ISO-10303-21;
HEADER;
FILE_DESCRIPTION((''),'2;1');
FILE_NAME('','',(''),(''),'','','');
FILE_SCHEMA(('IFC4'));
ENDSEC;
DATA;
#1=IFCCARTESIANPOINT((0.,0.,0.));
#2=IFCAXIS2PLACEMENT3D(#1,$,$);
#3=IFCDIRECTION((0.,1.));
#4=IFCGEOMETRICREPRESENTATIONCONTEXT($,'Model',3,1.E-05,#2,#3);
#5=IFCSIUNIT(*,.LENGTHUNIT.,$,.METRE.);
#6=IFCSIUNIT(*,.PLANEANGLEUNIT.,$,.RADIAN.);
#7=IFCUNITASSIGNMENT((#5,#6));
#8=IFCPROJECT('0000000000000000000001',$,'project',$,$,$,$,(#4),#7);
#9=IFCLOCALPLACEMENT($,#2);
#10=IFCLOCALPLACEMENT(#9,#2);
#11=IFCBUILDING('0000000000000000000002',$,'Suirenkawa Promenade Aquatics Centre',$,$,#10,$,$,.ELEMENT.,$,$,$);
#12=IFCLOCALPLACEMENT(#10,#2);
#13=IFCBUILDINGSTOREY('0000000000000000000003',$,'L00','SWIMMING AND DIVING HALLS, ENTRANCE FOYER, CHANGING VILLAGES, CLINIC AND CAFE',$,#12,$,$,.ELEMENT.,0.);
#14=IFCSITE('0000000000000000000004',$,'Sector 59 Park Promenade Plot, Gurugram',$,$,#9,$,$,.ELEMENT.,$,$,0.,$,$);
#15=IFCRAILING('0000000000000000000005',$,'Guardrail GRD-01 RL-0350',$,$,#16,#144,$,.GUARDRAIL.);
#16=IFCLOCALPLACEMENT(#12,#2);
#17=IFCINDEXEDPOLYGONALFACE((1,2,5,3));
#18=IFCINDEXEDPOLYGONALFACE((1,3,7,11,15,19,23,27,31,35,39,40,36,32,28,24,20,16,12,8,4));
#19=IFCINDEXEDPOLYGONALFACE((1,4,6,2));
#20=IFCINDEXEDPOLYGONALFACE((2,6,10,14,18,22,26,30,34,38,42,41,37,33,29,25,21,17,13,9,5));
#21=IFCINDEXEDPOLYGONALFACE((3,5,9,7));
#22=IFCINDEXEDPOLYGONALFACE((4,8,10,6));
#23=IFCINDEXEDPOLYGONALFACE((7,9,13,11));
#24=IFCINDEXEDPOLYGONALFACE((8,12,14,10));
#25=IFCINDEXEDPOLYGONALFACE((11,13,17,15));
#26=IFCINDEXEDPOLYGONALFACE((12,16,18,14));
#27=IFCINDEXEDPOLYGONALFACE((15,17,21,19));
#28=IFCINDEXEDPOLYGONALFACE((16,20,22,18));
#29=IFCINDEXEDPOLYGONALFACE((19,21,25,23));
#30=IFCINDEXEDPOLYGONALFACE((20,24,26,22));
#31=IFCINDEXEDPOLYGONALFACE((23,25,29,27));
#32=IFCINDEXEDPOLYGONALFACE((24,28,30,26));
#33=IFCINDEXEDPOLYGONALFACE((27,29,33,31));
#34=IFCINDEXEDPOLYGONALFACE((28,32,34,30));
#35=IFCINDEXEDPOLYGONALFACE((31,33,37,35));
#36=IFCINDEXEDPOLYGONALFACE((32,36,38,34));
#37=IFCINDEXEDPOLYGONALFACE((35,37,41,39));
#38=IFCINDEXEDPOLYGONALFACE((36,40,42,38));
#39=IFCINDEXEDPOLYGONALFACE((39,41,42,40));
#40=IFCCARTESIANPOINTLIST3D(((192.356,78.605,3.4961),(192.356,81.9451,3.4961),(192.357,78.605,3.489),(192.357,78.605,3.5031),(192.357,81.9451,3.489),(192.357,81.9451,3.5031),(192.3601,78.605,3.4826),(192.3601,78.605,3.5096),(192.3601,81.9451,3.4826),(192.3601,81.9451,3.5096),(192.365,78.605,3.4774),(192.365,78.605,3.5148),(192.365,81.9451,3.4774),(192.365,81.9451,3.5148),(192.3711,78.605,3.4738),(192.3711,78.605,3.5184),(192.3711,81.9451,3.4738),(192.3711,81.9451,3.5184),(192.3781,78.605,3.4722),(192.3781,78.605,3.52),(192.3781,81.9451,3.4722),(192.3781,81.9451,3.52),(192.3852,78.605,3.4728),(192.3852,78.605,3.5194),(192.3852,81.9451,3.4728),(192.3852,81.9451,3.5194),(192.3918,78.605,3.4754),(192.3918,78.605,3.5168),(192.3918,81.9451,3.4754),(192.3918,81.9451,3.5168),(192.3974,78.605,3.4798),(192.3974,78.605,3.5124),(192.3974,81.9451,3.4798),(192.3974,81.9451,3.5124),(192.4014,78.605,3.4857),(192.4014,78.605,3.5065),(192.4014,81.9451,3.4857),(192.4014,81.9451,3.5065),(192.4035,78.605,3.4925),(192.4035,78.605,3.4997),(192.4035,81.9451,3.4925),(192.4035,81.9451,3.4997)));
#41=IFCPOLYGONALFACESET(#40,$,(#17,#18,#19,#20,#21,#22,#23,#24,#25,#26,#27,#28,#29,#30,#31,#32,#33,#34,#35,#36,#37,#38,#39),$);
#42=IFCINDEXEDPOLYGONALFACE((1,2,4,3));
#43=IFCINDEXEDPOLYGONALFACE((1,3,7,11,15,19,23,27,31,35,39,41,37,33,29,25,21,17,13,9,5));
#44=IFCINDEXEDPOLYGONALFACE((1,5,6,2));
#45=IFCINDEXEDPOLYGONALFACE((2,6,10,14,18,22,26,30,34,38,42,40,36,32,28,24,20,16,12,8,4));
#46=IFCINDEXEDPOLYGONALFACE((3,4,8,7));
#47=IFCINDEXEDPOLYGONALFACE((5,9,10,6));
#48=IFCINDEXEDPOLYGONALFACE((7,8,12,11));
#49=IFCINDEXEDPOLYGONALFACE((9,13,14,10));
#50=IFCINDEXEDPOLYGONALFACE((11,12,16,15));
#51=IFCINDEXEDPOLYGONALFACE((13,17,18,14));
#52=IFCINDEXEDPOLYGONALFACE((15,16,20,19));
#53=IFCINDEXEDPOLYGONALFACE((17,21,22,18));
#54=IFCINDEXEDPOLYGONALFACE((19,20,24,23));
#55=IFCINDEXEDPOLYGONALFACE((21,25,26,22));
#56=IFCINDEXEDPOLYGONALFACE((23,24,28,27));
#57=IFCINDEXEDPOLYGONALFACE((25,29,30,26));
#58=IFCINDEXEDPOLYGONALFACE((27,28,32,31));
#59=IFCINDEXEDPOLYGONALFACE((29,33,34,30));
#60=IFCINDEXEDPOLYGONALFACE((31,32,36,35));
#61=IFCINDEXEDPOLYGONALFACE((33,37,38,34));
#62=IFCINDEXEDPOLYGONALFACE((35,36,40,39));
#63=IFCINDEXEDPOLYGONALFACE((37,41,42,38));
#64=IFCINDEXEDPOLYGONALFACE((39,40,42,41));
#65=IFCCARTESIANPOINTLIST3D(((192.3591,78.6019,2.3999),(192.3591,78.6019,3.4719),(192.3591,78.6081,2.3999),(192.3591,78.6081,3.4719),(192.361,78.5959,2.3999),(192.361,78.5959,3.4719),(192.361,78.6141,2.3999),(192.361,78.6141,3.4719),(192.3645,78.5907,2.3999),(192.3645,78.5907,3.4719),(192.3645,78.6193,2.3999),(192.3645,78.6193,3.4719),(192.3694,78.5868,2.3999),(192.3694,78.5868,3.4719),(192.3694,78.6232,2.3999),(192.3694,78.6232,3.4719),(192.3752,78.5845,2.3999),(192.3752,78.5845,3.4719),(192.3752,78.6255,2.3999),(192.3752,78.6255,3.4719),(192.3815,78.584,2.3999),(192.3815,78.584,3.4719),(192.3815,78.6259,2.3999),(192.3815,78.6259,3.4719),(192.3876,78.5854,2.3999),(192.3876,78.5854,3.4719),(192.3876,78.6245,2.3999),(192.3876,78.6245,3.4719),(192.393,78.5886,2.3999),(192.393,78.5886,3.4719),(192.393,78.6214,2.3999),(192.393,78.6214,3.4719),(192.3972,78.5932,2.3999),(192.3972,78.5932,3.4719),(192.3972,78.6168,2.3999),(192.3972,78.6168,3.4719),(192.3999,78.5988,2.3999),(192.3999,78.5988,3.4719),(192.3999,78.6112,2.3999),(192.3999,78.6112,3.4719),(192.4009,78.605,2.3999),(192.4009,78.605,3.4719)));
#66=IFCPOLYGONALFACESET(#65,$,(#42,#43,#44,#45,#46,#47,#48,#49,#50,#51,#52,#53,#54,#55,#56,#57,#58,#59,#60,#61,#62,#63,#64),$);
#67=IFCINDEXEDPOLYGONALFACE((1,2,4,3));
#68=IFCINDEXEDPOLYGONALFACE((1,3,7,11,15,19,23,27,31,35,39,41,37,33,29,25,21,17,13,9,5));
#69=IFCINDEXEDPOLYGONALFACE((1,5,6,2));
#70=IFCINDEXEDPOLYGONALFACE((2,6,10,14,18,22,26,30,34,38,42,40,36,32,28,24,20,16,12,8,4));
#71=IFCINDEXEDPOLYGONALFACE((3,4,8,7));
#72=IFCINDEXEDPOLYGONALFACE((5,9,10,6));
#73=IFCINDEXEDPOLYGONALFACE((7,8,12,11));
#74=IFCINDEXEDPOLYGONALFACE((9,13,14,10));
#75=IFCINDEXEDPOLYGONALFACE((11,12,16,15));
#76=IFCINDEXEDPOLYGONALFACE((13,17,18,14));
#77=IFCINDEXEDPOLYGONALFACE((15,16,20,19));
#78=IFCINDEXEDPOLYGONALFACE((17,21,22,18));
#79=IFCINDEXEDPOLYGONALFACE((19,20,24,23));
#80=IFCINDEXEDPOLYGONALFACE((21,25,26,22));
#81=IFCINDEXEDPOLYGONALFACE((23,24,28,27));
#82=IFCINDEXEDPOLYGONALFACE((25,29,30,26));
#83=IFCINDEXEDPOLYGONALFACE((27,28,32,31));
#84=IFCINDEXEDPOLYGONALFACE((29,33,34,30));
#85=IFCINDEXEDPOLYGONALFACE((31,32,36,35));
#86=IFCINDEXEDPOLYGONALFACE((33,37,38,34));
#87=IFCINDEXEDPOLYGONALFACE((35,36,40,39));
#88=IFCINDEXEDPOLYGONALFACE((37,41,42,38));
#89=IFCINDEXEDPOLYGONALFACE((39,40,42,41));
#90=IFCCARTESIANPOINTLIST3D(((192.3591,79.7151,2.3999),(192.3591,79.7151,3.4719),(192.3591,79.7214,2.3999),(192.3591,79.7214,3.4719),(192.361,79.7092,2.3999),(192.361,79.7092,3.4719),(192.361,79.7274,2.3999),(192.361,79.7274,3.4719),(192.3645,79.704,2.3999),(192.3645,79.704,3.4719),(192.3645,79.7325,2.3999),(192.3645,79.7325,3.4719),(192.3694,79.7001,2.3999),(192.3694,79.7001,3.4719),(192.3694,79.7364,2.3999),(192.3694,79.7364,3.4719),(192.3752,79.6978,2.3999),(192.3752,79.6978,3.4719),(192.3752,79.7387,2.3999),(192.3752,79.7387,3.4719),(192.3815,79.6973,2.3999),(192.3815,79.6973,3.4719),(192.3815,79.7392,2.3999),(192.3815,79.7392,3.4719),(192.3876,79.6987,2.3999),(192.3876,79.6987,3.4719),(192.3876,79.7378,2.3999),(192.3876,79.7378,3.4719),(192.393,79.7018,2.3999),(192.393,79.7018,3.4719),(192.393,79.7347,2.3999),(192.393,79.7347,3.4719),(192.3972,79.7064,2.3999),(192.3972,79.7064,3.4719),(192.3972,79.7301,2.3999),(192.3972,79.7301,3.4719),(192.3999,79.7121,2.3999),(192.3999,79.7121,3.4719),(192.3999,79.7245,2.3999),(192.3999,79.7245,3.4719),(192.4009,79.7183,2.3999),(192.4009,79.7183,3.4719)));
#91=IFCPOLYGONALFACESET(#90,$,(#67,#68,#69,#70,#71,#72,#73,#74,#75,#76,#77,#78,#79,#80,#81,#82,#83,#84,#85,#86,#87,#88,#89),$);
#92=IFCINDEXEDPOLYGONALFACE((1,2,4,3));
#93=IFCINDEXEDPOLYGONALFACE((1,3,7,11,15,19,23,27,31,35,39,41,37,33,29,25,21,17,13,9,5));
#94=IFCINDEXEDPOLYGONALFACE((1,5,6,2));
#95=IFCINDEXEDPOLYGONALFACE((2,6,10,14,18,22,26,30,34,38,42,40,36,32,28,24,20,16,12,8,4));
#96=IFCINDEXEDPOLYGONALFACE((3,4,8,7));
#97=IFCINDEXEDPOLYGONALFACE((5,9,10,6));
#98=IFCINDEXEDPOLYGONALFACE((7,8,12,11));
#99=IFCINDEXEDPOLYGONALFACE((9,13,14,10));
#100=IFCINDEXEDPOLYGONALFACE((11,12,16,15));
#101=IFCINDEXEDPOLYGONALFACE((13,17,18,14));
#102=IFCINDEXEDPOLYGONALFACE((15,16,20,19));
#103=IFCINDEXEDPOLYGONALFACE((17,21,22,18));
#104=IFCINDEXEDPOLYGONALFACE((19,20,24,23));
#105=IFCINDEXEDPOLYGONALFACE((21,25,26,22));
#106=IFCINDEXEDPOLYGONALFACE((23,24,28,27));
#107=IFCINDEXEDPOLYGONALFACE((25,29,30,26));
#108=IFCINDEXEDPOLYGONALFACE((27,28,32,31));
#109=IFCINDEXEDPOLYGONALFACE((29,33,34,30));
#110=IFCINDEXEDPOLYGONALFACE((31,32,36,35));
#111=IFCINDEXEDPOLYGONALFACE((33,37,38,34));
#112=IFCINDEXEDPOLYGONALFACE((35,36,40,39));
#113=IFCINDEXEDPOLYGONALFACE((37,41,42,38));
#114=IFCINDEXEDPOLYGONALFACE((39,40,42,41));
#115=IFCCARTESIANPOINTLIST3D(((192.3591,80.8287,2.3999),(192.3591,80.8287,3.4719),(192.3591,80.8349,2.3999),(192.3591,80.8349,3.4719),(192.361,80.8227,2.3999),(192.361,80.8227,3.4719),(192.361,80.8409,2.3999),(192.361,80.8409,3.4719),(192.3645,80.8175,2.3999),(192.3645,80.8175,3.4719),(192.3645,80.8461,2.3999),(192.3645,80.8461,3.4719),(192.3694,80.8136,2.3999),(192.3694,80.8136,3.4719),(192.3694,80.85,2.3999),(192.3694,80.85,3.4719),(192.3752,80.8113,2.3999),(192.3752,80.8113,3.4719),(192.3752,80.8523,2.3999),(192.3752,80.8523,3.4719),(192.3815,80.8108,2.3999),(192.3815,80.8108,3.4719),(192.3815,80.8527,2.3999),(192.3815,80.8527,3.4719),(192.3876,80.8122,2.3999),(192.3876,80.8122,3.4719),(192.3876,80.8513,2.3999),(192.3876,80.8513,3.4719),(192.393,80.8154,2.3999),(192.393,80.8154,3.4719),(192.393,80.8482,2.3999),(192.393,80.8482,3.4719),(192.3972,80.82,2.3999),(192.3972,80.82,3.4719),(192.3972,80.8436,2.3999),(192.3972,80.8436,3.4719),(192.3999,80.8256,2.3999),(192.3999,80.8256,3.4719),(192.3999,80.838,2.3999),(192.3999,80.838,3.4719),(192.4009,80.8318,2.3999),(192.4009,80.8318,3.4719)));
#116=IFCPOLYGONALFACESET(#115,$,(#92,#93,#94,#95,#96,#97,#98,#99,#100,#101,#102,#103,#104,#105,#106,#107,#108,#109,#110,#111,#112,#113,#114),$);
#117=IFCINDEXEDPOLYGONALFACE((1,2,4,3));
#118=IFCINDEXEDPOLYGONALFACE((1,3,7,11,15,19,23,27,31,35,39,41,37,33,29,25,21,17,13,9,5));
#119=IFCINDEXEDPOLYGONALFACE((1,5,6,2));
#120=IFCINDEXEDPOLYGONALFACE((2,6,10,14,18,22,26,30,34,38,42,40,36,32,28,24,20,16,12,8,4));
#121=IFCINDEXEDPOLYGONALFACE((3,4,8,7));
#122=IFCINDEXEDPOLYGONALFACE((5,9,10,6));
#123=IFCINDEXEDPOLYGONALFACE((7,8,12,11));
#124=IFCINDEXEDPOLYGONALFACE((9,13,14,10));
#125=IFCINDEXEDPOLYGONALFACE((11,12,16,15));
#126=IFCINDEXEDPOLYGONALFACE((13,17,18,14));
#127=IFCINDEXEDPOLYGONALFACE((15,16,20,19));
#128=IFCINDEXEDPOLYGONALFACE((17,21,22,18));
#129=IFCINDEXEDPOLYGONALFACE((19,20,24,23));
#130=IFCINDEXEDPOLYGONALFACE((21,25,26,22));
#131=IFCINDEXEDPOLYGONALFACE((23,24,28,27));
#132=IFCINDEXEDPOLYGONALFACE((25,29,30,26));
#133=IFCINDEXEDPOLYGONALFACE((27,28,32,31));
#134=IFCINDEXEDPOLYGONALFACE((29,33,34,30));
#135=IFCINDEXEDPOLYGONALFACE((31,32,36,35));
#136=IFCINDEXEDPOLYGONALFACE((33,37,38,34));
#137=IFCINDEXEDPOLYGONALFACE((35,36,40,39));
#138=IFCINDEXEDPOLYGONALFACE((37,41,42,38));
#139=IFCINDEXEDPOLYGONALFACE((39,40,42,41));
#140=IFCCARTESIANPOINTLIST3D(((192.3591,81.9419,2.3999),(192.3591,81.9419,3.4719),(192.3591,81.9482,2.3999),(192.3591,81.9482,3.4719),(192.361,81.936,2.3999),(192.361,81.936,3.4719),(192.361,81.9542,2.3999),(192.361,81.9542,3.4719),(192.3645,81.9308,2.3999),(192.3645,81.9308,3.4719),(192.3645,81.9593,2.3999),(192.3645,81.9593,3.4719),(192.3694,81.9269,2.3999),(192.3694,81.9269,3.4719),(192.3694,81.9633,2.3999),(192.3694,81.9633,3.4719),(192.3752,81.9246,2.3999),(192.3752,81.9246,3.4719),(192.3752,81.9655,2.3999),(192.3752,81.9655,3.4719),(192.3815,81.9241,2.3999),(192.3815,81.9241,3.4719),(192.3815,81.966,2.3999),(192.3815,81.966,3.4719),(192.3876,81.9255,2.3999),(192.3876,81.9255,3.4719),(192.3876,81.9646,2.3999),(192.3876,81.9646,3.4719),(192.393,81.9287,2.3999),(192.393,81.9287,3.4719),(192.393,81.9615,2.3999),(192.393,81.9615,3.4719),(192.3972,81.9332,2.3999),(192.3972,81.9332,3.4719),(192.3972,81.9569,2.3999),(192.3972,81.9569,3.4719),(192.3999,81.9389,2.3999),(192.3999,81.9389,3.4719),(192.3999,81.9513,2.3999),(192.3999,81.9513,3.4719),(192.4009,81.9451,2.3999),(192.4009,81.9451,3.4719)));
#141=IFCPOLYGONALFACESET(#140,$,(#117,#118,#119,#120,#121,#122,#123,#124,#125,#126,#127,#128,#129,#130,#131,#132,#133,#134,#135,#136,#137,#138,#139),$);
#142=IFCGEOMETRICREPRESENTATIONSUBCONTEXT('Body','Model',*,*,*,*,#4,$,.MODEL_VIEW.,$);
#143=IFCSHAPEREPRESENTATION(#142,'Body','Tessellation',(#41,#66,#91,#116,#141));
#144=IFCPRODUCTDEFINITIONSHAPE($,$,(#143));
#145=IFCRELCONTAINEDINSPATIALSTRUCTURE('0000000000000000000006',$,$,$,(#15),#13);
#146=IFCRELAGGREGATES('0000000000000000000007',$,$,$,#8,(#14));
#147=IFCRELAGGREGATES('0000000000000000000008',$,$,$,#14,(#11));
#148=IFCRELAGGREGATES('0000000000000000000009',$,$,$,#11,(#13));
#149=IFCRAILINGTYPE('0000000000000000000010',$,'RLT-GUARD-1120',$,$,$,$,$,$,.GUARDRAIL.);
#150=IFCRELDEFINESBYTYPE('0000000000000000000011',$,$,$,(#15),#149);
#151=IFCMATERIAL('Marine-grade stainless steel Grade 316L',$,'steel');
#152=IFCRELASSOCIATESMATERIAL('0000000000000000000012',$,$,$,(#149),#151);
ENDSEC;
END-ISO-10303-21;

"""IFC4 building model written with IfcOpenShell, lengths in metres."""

from ifc_helpers import new_model, si_unit, direction, frame, origin, origin_2d, place, context, subcontext, project, spatial, circle, extrude, material, type_object, element, save


model = new_model("IFC4")

# Units and contexts
model_context = context("Model", 3, precision=1e-05, world=origin(), true_north=direction((0.0, 1.0)))
body_context = subcontext(model_context, "Body", "Model", "MODEL_VIEW")
ifc_project = project(units=[si_unit("LENGTHUNIT", "METRE"), si_unit("PLANEANGLEUNIT", "RADIAN")], contexts=[model_context])

# Site, building, storey
site_placement = place(None, origin())
site = spatial("IfcSite", under=ifc_project, at=site_placement, Name="Sector 59 Park Promenade Plot, Gurugram", CompositionType="ELEMENT", RefElevation=0.0)
building_placement = place(site_placement, origin())
building = spatial("IfcBuilding", under=site, at=building_placement, Name="Suirenkawa Promenade Aquatics Centre", CompositionType="ELEMENT")
storey_placement = place(building_placement, origin())
storey = spatial("IfcBuildingStorey", under=building, at=storey_placement, Name="L00", Description="SWIMMING AND DIVING HALLS, ENTRANCE FOYER, CHANGING VILLAGES, CLINIC AND CAFE", CompositionType="ELEMENT", Elevation=0.0)

# Railing
ifc_material_1 = material(Name="Marine-grade stainless steel Grade 316L", Category="steel")
railing_type_1 = type_object("IfcRailingType", Name="RLT-GUARD-1120", PredefinedType="GUARDRAIL", material=ifc_material_1)
for number, where, name in (
    (1, (192.3799, 78.605, 2.3999), "Guardrail GRD-01 RL-0350"),
):
    element("IfcRailing", number, at=place(storey_placement, frame(where)), inside=storey, type_object=railing_type_1, Name=name, PredefinedType="GUARDRAIL", context=body_context, shape_type="SweptSolid", body=[
        extrude(circle(Radius=0.0239, at=origin_2d()), frame((0.0, 0.0, 1.0962), z_axis=(0.0, 1.0, 0.0), x_axis=(-1.0, 0.0, 0.0)), (0.0, 0.0, 1.0), 3.3401),
        extrude(circle(Radius=0.021, at=origin_2d()), origin(), (0.0, 0.0, 1.0), 1.072),
        extrude(circle(Radius=0.021, at=origin_2d()), frame((0.0, 1.1133, 0.0)), (0.0, 0.0, 1.0), 1.072),
        extrude(circle(Radius=0.021, at=origin_2d()), frame((0.0, 2.2268, 0.0)), (0.0, 0.0, 1.0), 1.072),
        extrude(circle(Radius=0.021, at=origin_2d()), frame((0.0, 3.3401, 0.0)), (0.0, 0.0, 1.0), 1.072),
    ])

save(model, "model.ifc")
